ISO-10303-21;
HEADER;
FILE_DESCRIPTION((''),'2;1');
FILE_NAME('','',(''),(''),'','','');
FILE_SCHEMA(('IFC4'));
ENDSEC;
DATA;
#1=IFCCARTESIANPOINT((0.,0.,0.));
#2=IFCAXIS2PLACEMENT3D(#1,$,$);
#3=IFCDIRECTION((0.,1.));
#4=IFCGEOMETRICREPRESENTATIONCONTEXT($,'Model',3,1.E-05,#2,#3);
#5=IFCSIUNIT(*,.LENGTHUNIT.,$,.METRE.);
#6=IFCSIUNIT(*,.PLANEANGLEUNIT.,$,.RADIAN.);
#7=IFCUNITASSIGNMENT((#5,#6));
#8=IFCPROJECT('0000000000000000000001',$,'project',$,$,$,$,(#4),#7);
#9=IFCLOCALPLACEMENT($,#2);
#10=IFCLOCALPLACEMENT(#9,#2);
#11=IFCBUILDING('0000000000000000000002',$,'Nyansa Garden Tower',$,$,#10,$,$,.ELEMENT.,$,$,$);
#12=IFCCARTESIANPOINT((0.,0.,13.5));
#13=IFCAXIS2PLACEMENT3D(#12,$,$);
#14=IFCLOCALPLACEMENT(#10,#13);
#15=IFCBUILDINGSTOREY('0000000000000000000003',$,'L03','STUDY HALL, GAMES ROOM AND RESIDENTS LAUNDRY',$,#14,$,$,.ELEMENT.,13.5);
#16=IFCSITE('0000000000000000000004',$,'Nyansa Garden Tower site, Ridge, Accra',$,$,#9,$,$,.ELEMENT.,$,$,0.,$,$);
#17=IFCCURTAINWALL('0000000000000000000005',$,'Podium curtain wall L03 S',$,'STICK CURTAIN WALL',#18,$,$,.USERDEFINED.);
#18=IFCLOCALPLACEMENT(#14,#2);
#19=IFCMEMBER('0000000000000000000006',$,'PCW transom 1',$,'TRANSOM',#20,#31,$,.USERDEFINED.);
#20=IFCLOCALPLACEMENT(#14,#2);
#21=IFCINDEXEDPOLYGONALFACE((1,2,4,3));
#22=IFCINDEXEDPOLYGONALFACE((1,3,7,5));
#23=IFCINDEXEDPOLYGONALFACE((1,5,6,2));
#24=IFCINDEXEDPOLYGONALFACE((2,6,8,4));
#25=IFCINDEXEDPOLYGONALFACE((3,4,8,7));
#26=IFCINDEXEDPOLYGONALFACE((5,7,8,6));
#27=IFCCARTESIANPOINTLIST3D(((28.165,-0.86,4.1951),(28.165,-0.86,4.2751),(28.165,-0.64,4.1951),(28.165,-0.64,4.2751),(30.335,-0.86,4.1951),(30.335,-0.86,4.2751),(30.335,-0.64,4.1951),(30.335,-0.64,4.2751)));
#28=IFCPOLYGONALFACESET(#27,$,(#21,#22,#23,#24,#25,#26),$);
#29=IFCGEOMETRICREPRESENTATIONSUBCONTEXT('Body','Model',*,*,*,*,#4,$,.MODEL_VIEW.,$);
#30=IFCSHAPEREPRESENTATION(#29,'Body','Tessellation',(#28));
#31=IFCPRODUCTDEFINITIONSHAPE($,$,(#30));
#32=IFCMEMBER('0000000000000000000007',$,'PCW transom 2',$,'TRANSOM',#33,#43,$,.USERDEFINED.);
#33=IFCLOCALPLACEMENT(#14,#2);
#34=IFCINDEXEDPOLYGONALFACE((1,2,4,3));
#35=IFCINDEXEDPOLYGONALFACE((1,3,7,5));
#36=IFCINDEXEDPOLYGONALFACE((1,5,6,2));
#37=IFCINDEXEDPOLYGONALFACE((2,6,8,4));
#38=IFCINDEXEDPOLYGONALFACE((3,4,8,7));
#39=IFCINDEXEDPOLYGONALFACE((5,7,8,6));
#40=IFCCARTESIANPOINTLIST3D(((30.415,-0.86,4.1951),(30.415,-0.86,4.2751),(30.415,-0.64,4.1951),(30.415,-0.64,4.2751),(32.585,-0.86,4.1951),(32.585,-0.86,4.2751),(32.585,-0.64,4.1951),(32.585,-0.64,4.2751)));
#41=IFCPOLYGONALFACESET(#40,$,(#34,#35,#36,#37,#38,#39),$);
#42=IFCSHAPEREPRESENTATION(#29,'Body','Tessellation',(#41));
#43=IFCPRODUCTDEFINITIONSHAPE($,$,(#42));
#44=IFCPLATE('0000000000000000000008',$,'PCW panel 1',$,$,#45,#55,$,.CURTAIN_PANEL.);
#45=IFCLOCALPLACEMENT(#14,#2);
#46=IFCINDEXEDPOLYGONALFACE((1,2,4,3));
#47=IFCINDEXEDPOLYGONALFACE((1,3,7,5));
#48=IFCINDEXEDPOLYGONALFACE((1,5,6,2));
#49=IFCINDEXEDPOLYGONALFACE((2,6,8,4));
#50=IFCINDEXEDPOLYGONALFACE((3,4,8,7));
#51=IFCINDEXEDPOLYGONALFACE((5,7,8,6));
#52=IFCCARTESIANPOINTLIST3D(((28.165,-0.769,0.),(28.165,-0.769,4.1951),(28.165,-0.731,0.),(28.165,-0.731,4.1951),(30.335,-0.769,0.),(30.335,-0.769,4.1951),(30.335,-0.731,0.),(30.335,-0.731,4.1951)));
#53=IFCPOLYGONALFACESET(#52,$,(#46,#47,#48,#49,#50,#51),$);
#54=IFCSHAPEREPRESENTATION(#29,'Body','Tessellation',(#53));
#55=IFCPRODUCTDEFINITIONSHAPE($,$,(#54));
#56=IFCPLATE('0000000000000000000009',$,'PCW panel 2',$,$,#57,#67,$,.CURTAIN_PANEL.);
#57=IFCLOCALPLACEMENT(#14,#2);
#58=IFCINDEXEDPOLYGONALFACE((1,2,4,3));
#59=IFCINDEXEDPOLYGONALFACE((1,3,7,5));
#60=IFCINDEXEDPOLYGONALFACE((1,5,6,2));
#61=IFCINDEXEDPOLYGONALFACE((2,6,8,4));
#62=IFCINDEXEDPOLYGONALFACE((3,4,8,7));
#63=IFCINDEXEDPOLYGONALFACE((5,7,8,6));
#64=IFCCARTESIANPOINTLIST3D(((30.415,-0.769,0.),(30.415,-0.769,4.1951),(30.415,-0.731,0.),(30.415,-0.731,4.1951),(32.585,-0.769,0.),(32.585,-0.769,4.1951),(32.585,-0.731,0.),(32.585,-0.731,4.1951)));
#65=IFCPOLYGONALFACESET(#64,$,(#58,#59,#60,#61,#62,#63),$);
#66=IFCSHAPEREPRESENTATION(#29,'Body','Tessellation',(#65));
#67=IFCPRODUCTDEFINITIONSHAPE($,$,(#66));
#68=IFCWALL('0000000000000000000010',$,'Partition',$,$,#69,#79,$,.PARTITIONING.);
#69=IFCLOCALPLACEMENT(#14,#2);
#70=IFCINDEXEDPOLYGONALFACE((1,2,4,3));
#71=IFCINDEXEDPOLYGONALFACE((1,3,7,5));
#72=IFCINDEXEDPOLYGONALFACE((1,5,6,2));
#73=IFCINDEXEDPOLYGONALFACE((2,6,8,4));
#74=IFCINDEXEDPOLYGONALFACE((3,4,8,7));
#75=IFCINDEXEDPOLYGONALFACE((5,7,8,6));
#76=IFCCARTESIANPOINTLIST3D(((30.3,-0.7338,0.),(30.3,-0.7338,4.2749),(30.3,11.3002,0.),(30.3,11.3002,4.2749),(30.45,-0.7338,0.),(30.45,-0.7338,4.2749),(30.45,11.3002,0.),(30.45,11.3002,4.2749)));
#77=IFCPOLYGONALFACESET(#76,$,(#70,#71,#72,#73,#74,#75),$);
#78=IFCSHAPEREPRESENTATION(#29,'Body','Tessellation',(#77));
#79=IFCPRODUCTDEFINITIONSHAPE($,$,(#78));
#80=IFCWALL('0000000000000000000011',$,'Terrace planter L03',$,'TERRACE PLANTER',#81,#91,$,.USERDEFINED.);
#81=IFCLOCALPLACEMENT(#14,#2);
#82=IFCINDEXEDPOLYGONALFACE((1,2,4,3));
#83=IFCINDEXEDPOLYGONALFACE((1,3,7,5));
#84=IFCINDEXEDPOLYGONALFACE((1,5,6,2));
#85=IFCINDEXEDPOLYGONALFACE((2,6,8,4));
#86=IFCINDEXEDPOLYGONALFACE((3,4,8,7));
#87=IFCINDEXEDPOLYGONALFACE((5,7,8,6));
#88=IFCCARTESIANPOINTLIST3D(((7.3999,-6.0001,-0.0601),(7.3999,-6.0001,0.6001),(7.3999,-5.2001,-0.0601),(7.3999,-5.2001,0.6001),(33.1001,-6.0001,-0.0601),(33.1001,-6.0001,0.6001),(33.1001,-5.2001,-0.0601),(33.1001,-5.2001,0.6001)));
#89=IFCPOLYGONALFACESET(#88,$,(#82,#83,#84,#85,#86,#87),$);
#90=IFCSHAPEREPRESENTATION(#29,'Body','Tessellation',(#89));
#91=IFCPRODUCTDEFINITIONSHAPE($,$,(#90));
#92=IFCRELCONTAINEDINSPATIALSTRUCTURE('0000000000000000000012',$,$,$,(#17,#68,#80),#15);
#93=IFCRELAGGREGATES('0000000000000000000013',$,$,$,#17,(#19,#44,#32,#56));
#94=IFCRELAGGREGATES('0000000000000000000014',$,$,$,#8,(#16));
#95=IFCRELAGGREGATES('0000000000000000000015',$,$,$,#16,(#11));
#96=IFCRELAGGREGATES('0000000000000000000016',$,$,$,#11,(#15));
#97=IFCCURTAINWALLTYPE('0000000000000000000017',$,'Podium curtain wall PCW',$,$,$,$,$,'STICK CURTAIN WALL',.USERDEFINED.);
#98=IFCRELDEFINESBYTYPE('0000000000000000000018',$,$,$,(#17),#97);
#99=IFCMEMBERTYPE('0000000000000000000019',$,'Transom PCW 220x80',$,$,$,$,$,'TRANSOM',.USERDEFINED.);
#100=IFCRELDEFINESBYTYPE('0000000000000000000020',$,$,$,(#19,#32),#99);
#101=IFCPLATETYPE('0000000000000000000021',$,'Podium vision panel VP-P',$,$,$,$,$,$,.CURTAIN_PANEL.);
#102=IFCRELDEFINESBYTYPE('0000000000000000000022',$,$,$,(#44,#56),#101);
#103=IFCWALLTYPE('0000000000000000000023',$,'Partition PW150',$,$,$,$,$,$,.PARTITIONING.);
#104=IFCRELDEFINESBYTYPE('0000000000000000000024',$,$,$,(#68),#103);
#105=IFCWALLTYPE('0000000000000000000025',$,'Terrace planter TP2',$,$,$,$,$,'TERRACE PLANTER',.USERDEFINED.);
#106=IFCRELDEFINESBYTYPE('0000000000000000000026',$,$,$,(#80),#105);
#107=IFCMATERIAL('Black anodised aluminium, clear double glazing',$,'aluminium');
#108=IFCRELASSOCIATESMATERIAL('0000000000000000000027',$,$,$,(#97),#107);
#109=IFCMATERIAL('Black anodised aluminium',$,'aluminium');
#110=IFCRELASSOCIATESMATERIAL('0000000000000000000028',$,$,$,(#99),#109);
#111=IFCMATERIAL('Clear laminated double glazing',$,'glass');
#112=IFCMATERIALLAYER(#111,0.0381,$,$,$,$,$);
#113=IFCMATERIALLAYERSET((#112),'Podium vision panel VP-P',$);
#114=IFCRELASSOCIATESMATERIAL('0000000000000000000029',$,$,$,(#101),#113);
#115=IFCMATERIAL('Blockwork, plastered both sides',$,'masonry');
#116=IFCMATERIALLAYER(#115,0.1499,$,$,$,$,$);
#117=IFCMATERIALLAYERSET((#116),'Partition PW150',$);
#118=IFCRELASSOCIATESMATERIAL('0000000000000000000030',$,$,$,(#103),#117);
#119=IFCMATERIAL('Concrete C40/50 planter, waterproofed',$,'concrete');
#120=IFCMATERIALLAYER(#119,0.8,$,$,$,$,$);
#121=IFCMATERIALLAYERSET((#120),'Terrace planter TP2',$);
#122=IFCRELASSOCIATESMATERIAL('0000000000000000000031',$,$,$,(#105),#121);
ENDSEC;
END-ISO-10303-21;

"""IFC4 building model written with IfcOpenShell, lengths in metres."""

from ifc_helpers import new_model, si_unit, direction, frame, frame_2d, origin, origin_2d, place, context, subcontext, project, spatial, rectangle, extrude, material, layer, layer_set, material_profile, profile_set, type_object, element, aggregate, save


model = new_model("IFC4")

# Units and contexts
model_context = context("Model", 3, precision=1e-05, world=origin(), true_north=direction((0.0, 1.0)))
body_context = subcontext(model_context, "Body", "Model", "MODEL_VIEW")
ifc_project = project(units=[si_unit("LENGTHUNIT", "METRE"), si_unit("PLANEANGLEUNIT", "RADIAN")], contexts=[model_context])

# Site, building, storey
site_placement = place(None, origin())
site = spatial("IfcSite", under=ifc_project, at=site_placement, Name="Nyansa Garden Tower site, Ridge, Accra", CompositionType="ELEMENT", RefElevation=0.0)
building_placement = place(site_placement, origin())
building = spatial("IfcBuilding", under=site, at=building_placement, Name="Nyansa Garden Tower", CompositionType="ELEMENT")
storey_placement = place(building_placement, frame((0.0, 0.0, 13.5)))
storey = spatial("IfcBuildingStorey", under=building, at=storey_placement, Name="L03", Description="STUDY HALL, GAMES ROOM AND RESIDENTS LAUNDRY", CompositionType="ELEMENT", Elevation=13.5)

# Curtain wall
ifc_material_1 = material(Name="Black anodised aluminium, clear double glazing", Category="aluminium")
curtain_wall_type = type_object("IfcCurtainWallType", Name="Podium curtain wall PCW", ElementType="STICK CURTAIN WALL", PredefinedType="USERDEFINED", material=ifc_material_1)
curtain_wall_placement = place(storey_placement, origin())
curtain_wall = element("IfcCurtainWall", 1, at=curtain_wall_placement, inside=storey, type_object=curtain_wall_type, Name="Podium curtain wall L03 S", ObjectType="STICK CURTAIN WALL", PredefinedType="USERDEFINED")

# Members
ifc_material_2 = material(Name="Black anodised aluminium", Category="aluminium")
ifc_material_profile_1 = material_profile(ifc_material_2, rectangle(XDim=0.22, YDim=0.0801, at=origin_2d()), Name="Transom 220x80")
ifc_profile_set_1 = profile_set([ifc_material_profile_1], Name="Black anodised aluminium")
member_type_1 = type_object("IfcMemberType", Name="Transom PCW 220x80", ElementType="TRANSOM", PredefinedType="USERDEFINED", material=ifc_profile_set_1)
member_1_placement = place(storey_placement, frame((28.165, -0.75, 4.2351), z_axis=(1.0, 0.0, 0.0), x_axis=(0.0, 1.0, 0.0)))
member_1 = element("IfcMember", 2, at=member_1_placement, type_object=member_type_1, Name="PCW transom 1", ObjectType="TRANSOM", PredefinedType="USERDEFINED", context=body_context, shape_type="SweptSolid", body=[
    extrude(rectangle(XDim=0.22, YDim=0.0801, at=origin_2d()), origin(), (0.0, 0.0, 1.0), 2.1699),
])
member_2_placement = place(storey_placement, frame((30.415, -0.75, 4.2351), z_axis=(1.0, 0.0, 0.0), x_axis=(0.0, 1.0, 0.0)))
member_2 = element("IfcMember", 3, at=member_2_placement, type_object=member_type_1, Name="PCW transom 2", ObjectType="TRANSOM", PredefinedType="USERDEFINED", context=body_context, shape_type="SweptSolid", body=[
    extrude(rectangle(XDim=0.22, YDim=0.0801, at=origin_2d()), origin(), (0.0, 0.0, 1.0), 2.1699),
])

# Plates
ifc_material_3 = material(Name="Clear laminated double glazing", Category="glass")
ifc_layer_1 = layer(ifc_material_3, 0.0381)
ifc_layer_set_1 = layer_set([ifc_layer_1], Name="Podium vision panel VP-P")
plate_type = type_object("IfcPlateType", Name="Podium vision panel VP-P", PredefinedType="CURTAIN_PANEL", material=ifc_layer_set_1)
plate_1_placement = place(storey_placement, frame((29.25, -0.75, 0.0), z_axis=(0.0, 0.0, 1.0), x_axis=(1.0, 0.0, 0.0)))
plate_1 = element("IfcPlate", 4, at=plate_1_placement, type_object=plate_type, Name="PCW panel 1", PredefinedType="CURTAIN_PANEL", context=body_context, shape_type="SweptSolid", body=[
    extrude(rectangle(XDim=2.1699, YDim=0.0381, at=origin_2d()), origin(), (0.0, 0.0, 1.0), 4.1951),
])
plate_2_placement = place(storey_placement, frame((31.5, -0.75, 0.0), z_axis=(0.0, 0.0, 1.0), x_axis=(1.0, 0.0, 0.0)))
plate_2 = element("IfcPlate", 5, at=plate_2_placement, type_object=plate_type, Name="PCW panel 2", PredefinedType="CURTAIN_PANEL", context=body_context, shape_type="SweptSolid", body=[
    extrude(rectangle(XDim=2.1699, YDim=0.0381, at=origin_2d()), origin(), (0.0, 0.0, 1.0), 4.1951),
])
aggregate(curtain_wall, [member_1, plate_1, member_2, plate_2])

# Walls
ifc_material_4 = material(Name="Blockwork, plastered both sides", Category="masonry")
ifc_layer_2 = layer(ifc_material_4, 0.1499)
ifc_layer_set_2 = layer_set([ifc_layer_2], Name="Partition PW150")
wall_type_1 = type_object("IfcWallType", Name="Partition PW150", PredefinedType="PARTITIONING", material=ifc_layer_set_2)
wall_1_placement = place(storey_placement, frame((30.375, -0.7339, 0.0), z_axis=(0.0, 0.0, 1.0), x_axis=(0.0, 1.0, 0.0)))
element("IfcWall", 6, at=wall_1_placement, inside=storey, type_object=wall_type_1, Name="Partition", PredefinedType="PARTITIONING", context=body_context, shape_type="SweptSolid", body=[
    extrude(rectangle(XDim=12.0339, YDim=0.1499, at=frame_2d((6.0171, 0.0))), origin(), (0.0, 0.0, 1.0), 4.2749),
])
ifc_material_5 = material(Name="Concrete C40/50 planter, waterproofed", Category="concrete")
ifc_layer_3 = layer(ifc_material_5, 0.8)
ifc_layer_set_3 = layer_set([ifc_layer_3], Name="Terrace planter TP2")
wall_type_2 = type_object("IfcWallType", Name="Terrace planter TP2", ElementType="TERRACE PLANTER", PredefinedType="USERDEFINED", material=ifc_layer_set_3)
wall_2_placement = place(storey_placement, frame((33.1001, -5.6001, -0.0601), z_axis=(0.0, 0.0, 1.0), x_axis=(-1.0, 0.0, 0.0)))
element("IfcWall", 7, at=wall_2_placement, inside=storey, type_object=wall_type_2, Name="Terrace planter L03", ObjectType="TERRACE PLANTER", PredefinedType="USERDEFINED", context=body_context, shape_type="SweptSolid", body=[
    extrude(rectangle(XDim=25.7002, YDim=0.8, at=frame_2d((12.8501, 0.0))), origin(), (0.0, 0.0, 1.0), 0.6602),
])

save(model, "model.ifc")
